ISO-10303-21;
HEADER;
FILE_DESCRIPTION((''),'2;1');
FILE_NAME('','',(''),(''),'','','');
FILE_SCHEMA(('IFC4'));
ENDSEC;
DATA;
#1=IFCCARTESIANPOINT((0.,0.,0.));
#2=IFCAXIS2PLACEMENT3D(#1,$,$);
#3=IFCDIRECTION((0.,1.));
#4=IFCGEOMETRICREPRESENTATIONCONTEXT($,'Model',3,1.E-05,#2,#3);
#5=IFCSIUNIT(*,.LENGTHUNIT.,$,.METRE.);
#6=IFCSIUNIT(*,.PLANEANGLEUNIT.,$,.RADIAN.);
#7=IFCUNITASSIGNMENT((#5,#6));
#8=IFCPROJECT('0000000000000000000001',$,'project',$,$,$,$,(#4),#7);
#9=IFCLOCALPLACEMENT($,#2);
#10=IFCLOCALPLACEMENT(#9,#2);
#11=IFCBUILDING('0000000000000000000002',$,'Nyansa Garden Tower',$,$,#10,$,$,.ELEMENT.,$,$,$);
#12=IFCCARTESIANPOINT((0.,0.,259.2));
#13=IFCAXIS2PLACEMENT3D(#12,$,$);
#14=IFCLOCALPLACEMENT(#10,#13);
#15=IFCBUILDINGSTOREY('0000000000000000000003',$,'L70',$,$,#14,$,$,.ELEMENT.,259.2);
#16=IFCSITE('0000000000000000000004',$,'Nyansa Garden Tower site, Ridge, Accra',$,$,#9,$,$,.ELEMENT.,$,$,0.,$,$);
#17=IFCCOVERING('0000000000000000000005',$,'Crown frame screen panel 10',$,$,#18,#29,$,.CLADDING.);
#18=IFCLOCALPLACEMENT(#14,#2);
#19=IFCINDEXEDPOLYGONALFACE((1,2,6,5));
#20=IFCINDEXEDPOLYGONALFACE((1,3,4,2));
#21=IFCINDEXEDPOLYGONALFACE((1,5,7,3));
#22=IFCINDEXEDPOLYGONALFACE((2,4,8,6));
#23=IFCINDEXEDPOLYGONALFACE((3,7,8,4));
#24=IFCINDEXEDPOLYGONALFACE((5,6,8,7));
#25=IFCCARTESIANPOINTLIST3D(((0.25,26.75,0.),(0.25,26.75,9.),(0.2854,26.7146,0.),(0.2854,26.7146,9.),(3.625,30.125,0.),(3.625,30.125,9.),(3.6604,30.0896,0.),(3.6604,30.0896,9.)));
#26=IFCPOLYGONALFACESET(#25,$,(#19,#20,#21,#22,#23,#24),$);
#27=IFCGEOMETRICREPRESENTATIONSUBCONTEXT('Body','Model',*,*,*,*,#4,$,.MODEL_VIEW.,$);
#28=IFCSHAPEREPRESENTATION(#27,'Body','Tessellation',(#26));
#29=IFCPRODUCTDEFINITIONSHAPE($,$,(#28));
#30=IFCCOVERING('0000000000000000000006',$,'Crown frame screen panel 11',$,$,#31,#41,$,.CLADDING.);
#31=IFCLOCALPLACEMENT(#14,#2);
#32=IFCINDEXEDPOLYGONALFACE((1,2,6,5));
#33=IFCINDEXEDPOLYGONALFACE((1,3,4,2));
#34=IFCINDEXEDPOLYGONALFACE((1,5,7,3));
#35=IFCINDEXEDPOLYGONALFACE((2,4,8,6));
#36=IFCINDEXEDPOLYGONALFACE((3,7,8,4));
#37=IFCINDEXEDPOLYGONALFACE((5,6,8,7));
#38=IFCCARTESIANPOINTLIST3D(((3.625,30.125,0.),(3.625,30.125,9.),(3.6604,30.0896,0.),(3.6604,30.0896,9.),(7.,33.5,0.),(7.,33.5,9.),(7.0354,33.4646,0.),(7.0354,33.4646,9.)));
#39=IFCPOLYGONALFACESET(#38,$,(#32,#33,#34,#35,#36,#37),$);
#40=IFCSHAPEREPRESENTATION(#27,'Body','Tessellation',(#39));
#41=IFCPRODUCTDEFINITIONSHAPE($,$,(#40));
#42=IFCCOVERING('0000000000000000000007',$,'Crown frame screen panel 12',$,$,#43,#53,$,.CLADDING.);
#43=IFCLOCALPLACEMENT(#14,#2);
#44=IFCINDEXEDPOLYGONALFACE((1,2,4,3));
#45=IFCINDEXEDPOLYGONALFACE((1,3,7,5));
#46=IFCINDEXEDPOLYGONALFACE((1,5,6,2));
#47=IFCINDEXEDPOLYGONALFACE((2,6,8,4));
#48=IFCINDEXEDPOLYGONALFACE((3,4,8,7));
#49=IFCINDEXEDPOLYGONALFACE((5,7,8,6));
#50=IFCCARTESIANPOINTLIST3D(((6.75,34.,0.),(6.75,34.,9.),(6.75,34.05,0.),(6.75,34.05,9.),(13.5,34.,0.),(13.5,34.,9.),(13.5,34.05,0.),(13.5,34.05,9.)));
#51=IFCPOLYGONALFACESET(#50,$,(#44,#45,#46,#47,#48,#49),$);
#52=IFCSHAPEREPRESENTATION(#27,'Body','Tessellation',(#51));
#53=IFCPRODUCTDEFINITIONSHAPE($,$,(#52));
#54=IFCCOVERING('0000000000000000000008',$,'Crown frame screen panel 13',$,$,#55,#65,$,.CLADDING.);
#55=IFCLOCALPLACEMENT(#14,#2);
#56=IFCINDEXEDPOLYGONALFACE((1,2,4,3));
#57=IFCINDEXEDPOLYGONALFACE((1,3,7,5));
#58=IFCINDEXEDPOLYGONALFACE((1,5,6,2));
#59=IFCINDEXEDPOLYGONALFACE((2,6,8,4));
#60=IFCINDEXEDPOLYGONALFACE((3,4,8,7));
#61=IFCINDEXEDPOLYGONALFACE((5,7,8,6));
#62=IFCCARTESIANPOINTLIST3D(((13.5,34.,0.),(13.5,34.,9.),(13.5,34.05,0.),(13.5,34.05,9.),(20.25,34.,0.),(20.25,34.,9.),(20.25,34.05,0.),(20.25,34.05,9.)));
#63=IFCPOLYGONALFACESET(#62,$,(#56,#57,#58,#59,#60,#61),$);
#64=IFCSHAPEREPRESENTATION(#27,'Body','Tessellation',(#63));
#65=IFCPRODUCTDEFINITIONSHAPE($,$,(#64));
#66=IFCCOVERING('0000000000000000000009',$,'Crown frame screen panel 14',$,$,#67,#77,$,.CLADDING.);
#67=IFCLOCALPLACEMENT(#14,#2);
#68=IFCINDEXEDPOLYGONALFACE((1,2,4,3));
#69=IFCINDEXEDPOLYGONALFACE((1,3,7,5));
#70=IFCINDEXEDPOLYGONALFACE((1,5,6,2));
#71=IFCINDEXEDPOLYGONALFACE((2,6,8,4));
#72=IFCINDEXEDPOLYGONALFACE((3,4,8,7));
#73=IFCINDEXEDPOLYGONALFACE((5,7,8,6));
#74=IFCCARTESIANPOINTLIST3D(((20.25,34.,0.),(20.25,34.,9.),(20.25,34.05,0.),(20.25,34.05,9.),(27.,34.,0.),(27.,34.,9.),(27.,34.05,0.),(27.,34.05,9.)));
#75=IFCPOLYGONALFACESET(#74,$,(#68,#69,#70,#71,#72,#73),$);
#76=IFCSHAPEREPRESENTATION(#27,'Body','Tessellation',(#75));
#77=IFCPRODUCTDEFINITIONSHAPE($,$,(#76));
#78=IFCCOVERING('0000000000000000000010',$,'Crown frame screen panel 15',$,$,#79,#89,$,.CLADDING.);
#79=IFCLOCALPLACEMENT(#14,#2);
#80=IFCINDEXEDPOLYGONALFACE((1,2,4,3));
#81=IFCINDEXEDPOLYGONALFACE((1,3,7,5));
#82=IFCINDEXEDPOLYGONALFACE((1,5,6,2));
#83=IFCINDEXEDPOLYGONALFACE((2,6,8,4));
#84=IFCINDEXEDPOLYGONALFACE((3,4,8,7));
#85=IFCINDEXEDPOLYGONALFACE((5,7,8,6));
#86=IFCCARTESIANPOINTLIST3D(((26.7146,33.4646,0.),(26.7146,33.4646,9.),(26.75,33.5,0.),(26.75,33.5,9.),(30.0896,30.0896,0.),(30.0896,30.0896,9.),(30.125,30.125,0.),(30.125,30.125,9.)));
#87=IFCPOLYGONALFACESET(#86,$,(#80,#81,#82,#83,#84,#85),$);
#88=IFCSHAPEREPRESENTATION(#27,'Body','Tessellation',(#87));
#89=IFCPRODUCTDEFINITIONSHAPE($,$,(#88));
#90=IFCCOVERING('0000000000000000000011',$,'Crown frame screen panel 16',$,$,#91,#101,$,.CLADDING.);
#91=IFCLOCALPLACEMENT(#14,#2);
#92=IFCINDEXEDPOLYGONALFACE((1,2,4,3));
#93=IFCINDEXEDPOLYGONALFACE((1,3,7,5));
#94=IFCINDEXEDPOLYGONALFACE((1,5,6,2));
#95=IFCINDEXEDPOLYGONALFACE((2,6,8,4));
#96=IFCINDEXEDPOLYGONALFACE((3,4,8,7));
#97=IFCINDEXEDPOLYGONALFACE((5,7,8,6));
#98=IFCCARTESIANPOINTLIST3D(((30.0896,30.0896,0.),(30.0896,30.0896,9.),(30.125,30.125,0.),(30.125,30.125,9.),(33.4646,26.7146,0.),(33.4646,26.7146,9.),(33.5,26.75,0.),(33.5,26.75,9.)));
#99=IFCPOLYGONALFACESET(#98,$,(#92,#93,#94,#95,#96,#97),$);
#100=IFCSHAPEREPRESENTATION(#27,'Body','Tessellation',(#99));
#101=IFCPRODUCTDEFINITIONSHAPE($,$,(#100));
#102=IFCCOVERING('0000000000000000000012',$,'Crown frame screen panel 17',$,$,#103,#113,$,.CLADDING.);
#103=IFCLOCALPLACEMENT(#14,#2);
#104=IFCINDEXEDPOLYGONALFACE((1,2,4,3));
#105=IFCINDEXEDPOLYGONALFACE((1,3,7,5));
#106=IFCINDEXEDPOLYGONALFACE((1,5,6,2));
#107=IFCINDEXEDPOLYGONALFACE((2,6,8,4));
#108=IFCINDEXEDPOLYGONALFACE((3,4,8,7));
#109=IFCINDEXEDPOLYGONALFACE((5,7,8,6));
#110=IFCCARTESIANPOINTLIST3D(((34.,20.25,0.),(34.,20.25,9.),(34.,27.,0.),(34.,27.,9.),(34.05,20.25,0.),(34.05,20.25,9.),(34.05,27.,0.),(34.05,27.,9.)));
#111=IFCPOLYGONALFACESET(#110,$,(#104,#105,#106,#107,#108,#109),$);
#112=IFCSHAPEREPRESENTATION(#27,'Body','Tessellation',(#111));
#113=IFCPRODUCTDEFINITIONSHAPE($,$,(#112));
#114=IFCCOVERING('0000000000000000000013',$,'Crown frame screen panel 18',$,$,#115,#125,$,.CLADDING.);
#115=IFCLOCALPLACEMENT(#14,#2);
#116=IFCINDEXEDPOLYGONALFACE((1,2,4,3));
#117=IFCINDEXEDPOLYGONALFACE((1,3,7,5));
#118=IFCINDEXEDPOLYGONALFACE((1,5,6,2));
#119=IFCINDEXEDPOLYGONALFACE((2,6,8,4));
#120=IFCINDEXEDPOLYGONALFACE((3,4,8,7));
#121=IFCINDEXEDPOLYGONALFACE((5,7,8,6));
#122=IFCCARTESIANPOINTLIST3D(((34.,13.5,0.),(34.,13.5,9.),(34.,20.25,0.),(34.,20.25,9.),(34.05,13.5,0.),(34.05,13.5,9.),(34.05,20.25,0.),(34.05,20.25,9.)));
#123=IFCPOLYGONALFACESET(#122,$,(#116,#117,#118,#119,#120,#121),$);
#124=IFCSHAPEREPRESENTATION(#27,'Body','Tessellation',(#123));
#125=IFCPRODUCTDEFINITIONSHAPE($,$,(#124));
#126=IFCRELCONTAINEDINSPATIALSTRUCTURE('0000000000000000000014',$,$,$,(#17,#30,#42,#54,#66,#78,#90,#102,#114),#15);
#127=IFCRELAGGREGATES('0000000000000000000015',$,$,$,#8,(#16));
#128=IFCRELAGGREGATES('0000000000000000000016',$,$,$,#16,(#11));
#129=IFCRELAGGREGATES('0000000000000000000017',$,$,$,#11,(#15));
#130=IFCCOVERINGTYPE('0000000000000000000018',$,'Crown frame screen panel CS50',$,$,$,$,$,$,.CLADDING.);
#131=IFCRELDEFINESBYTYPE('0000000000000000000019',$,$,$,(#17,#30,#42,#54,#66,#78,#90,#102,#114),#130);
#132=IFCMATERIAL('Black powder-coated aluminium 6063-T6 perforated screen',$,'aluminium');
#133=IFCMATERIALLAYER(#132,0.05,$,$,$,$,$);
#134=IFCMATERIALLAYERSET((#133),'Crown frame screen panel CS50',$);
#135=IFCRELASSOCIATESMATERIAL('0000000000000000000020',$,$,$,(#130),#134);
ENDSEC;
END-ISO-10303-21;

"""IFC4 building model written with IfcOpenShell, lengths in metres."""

from ifc_helpers import new_model, si_unit, direction, frame, origin, place, context, subcontext, project, spatial, polyline, outline, extrude, material, layer, layer_set, type_object, element, save


model = new_model("IFC4")

# Units and contexts
model_context = context("Model", 3, precision=1e-05, world=origin(), true_north=direction((0.0, 1.0)))
body_context = subcontext(model_context, "Body", "Model", "MODEL_VIEW")
ifc_project = project(units=[si_unit("LENGTHUNIT", "METRE"), si_unit("PLANEANGLEUNIT", "RADIAN")], contexts=[model_context])

# Site, building, storey
site_placement = place(None, origin())
site = spatial("IfcSite", under=ifc_project, at=site_placement, Name="Nyansa Garden Tower site, Ridge, Accra", CompositionType="ELEMENT", RefElevation=0.0)
building_placement = place(site_placement, origin())
building = spatial("IfcBuilding", under=site, at=building_placement, Name="Nyansa Garden Tower", CompositionType="ELEMENT")
storey_placement = place(building_placement, frame((0.0, 0.0, 259.2)))
storey = spatial("IfcBuildingStorey", under=building, at=storey_placement, Name="L70", CompositionType="ELEMENT", Elevation=259.2)

# Coverings
ifc_material_1 = material(Name="Black powder-coated aluminium 6063-T6 perforated screen", Category="aluminium")
ifc_layer_1 = layer(ifc_material_1, 0.05)
ifc_layer_set_1 = layer_set([ifc_layer_1], Name="Crown frame screen panel CS50")
covering_type = type_object("IfcCoveringType", Name="Crown frame screen panel CS50", PredefinedType="CLADDING", material=ifc_layer_set_1)
covering_1_placement = place(storey_placement, origin())
element("IfcCovering", 1, at=covering_1_placement, inside=storey, type_object=covering_type, Name="Crown frame screen panel 10", PredefinedType="CLADDING", context=body_context, shape_type="SweptSolid", body=[
    extrude(outline(polyline([(0.2854, 26.7146), (3.6604, 30.0896), (3.625, 30.125), (0.25, 26.75), (0.2854, 26.7146)])), origin(), (0.0, 0.0, 1.0), 9.0),
])
covering_2_placement = place(storey_placement, origin())
element("IfcCovering", 2, at=covering_2_placement, inside=storey, type_object=covering_type, Name="Crown frame screen panel 11", PredefinedType="CLADDING", context=body_context, shape_type="SweptSolid", body=[
    extrude(outline(polyline([(3.6604, 30.0896), (7.0354, 33.4646), (7.0, 33.5), (3.625, 30.125), (3.6604, 30.0896)])), origin(), (0.0, 0.0, 1.0), 9.0),
])
covering_3_placement = place(storey_placement, origin())
element("IfcCovering", 3, at=covering_3_placement, inside=storey, type_object=covering_type, Name="Crown frame screen panel 12", PredefinedType="CLADDING", context=body_context, shape_type="SweptSolid", body=[
    extrude(outline(polyline([(6.75, 34.0), (13.5, 34.0), (13.5, 34.05), (6.75, 34.05), (6.75, 34.0)])), origin(), (0.0, 0.0, 1.0), 9.0),
])
covering_4_placement = place(storey_placement, origin())
element("IfcCovering", 4, at=covering_4_placement, inside=storey, type_object=covering_type, Name="Crown frame screen panel 13", PredefinedType="CLADDING", context=body_context, shape_type="SweptSolid", body=[
    extrude(outline(polyline([(13.5, 34.0), (20.25, 34.0), (20.25, 34.05), (13.5, 34.05), (13.5, 34.0)])), origin(), (0.0, 0.0, 1.0), 9.0),
])
covering_5_placement = place(storey_placement, origin())
element("IfcCovering", 5, at=covering_5_placement, inside=storey, type_object=covering_type, Name="Crown frame screen panel 14", PredefinedType="CLADDING", context=body_context, shape_type="SweptSolid", body=[
    extrude(outline(polyline([(20.25, 34.0), (27.0, 34.0), (27.0, 34.05), (20.25, 34.05), (20.25, 34.0)])), origin(), (0.0, 0.0, 1.0), 9.0),
])
covering_6_placement = place(storey_placement, origin())
element("IfcCovering", 6, at=covering_6_placement, inside=storey, type_object=covering_type, Name="Crown frame screen panel 15", PredefinedType="CLADDING", context=body_context, shape_type="SweptSolid", body=[
    extrude(outline(polyline([(26.7146, 33.4646), (30.0896, 30.0896), (30.125, 30.125), (26.75, 33.5), (26.7146, 33.4646)])), origin(), (0.0, 0.0, 1.0), 9.0),
])
covering_7_placement = place(storey_placement, origin())
element("IfcCovering", 7, at=covering_7_placement, inside=storey, type_object=covering_type, Name="Crown frame screen panel 16", PredefinedType="CLADDING", context=body_context, shape_type="SweptSolid", body=[
    extrude(outline(polyline([(30.0896, 30.0896), (33.4646, 26.7146), (33.5, 26.75), (30.125, 30.125), (30.0896, 30.0896)])), origin(), (0.0, 0.0, 1.0), 9.0),
])
covering_8_placement = place(storey_placement, origin())
element("IfcCovering", 8, at=covering_8_placement, inside=storey, type_object=covering_type, Name="Crown frame screen panel 17", PredefinedType="CLADDING", context=body_context, shape_type="SweptSolid", body=[
    extrude(outline(polyline([(34.0, 27.0), (34.0, 20.25), (34.05, 20.25), (34.05, 27.0), (34.0, 27.0)])), origin(), (0.0, 0.0, 1.0), 9.0),
])
covering_9_placement = place(storey_placement, origin())
element("IfcCovering", 9, at=covering_9_placement, inside=storey, type_object=covering_type, Name="Crown frame screen panel 18", PredefinedType="CLADDING", context=body_context, shape_type="SweptSolid", body=[
    extrude(outline(polyline([(34.0, 20.25), (34.0, 13.5), (34.05, 13.5), (34.05, 20.25), (34.0, 20.25)])), origin(), (0.0, 0.0, 1.0), 9.0),
])

save(model, "model.ifc")
